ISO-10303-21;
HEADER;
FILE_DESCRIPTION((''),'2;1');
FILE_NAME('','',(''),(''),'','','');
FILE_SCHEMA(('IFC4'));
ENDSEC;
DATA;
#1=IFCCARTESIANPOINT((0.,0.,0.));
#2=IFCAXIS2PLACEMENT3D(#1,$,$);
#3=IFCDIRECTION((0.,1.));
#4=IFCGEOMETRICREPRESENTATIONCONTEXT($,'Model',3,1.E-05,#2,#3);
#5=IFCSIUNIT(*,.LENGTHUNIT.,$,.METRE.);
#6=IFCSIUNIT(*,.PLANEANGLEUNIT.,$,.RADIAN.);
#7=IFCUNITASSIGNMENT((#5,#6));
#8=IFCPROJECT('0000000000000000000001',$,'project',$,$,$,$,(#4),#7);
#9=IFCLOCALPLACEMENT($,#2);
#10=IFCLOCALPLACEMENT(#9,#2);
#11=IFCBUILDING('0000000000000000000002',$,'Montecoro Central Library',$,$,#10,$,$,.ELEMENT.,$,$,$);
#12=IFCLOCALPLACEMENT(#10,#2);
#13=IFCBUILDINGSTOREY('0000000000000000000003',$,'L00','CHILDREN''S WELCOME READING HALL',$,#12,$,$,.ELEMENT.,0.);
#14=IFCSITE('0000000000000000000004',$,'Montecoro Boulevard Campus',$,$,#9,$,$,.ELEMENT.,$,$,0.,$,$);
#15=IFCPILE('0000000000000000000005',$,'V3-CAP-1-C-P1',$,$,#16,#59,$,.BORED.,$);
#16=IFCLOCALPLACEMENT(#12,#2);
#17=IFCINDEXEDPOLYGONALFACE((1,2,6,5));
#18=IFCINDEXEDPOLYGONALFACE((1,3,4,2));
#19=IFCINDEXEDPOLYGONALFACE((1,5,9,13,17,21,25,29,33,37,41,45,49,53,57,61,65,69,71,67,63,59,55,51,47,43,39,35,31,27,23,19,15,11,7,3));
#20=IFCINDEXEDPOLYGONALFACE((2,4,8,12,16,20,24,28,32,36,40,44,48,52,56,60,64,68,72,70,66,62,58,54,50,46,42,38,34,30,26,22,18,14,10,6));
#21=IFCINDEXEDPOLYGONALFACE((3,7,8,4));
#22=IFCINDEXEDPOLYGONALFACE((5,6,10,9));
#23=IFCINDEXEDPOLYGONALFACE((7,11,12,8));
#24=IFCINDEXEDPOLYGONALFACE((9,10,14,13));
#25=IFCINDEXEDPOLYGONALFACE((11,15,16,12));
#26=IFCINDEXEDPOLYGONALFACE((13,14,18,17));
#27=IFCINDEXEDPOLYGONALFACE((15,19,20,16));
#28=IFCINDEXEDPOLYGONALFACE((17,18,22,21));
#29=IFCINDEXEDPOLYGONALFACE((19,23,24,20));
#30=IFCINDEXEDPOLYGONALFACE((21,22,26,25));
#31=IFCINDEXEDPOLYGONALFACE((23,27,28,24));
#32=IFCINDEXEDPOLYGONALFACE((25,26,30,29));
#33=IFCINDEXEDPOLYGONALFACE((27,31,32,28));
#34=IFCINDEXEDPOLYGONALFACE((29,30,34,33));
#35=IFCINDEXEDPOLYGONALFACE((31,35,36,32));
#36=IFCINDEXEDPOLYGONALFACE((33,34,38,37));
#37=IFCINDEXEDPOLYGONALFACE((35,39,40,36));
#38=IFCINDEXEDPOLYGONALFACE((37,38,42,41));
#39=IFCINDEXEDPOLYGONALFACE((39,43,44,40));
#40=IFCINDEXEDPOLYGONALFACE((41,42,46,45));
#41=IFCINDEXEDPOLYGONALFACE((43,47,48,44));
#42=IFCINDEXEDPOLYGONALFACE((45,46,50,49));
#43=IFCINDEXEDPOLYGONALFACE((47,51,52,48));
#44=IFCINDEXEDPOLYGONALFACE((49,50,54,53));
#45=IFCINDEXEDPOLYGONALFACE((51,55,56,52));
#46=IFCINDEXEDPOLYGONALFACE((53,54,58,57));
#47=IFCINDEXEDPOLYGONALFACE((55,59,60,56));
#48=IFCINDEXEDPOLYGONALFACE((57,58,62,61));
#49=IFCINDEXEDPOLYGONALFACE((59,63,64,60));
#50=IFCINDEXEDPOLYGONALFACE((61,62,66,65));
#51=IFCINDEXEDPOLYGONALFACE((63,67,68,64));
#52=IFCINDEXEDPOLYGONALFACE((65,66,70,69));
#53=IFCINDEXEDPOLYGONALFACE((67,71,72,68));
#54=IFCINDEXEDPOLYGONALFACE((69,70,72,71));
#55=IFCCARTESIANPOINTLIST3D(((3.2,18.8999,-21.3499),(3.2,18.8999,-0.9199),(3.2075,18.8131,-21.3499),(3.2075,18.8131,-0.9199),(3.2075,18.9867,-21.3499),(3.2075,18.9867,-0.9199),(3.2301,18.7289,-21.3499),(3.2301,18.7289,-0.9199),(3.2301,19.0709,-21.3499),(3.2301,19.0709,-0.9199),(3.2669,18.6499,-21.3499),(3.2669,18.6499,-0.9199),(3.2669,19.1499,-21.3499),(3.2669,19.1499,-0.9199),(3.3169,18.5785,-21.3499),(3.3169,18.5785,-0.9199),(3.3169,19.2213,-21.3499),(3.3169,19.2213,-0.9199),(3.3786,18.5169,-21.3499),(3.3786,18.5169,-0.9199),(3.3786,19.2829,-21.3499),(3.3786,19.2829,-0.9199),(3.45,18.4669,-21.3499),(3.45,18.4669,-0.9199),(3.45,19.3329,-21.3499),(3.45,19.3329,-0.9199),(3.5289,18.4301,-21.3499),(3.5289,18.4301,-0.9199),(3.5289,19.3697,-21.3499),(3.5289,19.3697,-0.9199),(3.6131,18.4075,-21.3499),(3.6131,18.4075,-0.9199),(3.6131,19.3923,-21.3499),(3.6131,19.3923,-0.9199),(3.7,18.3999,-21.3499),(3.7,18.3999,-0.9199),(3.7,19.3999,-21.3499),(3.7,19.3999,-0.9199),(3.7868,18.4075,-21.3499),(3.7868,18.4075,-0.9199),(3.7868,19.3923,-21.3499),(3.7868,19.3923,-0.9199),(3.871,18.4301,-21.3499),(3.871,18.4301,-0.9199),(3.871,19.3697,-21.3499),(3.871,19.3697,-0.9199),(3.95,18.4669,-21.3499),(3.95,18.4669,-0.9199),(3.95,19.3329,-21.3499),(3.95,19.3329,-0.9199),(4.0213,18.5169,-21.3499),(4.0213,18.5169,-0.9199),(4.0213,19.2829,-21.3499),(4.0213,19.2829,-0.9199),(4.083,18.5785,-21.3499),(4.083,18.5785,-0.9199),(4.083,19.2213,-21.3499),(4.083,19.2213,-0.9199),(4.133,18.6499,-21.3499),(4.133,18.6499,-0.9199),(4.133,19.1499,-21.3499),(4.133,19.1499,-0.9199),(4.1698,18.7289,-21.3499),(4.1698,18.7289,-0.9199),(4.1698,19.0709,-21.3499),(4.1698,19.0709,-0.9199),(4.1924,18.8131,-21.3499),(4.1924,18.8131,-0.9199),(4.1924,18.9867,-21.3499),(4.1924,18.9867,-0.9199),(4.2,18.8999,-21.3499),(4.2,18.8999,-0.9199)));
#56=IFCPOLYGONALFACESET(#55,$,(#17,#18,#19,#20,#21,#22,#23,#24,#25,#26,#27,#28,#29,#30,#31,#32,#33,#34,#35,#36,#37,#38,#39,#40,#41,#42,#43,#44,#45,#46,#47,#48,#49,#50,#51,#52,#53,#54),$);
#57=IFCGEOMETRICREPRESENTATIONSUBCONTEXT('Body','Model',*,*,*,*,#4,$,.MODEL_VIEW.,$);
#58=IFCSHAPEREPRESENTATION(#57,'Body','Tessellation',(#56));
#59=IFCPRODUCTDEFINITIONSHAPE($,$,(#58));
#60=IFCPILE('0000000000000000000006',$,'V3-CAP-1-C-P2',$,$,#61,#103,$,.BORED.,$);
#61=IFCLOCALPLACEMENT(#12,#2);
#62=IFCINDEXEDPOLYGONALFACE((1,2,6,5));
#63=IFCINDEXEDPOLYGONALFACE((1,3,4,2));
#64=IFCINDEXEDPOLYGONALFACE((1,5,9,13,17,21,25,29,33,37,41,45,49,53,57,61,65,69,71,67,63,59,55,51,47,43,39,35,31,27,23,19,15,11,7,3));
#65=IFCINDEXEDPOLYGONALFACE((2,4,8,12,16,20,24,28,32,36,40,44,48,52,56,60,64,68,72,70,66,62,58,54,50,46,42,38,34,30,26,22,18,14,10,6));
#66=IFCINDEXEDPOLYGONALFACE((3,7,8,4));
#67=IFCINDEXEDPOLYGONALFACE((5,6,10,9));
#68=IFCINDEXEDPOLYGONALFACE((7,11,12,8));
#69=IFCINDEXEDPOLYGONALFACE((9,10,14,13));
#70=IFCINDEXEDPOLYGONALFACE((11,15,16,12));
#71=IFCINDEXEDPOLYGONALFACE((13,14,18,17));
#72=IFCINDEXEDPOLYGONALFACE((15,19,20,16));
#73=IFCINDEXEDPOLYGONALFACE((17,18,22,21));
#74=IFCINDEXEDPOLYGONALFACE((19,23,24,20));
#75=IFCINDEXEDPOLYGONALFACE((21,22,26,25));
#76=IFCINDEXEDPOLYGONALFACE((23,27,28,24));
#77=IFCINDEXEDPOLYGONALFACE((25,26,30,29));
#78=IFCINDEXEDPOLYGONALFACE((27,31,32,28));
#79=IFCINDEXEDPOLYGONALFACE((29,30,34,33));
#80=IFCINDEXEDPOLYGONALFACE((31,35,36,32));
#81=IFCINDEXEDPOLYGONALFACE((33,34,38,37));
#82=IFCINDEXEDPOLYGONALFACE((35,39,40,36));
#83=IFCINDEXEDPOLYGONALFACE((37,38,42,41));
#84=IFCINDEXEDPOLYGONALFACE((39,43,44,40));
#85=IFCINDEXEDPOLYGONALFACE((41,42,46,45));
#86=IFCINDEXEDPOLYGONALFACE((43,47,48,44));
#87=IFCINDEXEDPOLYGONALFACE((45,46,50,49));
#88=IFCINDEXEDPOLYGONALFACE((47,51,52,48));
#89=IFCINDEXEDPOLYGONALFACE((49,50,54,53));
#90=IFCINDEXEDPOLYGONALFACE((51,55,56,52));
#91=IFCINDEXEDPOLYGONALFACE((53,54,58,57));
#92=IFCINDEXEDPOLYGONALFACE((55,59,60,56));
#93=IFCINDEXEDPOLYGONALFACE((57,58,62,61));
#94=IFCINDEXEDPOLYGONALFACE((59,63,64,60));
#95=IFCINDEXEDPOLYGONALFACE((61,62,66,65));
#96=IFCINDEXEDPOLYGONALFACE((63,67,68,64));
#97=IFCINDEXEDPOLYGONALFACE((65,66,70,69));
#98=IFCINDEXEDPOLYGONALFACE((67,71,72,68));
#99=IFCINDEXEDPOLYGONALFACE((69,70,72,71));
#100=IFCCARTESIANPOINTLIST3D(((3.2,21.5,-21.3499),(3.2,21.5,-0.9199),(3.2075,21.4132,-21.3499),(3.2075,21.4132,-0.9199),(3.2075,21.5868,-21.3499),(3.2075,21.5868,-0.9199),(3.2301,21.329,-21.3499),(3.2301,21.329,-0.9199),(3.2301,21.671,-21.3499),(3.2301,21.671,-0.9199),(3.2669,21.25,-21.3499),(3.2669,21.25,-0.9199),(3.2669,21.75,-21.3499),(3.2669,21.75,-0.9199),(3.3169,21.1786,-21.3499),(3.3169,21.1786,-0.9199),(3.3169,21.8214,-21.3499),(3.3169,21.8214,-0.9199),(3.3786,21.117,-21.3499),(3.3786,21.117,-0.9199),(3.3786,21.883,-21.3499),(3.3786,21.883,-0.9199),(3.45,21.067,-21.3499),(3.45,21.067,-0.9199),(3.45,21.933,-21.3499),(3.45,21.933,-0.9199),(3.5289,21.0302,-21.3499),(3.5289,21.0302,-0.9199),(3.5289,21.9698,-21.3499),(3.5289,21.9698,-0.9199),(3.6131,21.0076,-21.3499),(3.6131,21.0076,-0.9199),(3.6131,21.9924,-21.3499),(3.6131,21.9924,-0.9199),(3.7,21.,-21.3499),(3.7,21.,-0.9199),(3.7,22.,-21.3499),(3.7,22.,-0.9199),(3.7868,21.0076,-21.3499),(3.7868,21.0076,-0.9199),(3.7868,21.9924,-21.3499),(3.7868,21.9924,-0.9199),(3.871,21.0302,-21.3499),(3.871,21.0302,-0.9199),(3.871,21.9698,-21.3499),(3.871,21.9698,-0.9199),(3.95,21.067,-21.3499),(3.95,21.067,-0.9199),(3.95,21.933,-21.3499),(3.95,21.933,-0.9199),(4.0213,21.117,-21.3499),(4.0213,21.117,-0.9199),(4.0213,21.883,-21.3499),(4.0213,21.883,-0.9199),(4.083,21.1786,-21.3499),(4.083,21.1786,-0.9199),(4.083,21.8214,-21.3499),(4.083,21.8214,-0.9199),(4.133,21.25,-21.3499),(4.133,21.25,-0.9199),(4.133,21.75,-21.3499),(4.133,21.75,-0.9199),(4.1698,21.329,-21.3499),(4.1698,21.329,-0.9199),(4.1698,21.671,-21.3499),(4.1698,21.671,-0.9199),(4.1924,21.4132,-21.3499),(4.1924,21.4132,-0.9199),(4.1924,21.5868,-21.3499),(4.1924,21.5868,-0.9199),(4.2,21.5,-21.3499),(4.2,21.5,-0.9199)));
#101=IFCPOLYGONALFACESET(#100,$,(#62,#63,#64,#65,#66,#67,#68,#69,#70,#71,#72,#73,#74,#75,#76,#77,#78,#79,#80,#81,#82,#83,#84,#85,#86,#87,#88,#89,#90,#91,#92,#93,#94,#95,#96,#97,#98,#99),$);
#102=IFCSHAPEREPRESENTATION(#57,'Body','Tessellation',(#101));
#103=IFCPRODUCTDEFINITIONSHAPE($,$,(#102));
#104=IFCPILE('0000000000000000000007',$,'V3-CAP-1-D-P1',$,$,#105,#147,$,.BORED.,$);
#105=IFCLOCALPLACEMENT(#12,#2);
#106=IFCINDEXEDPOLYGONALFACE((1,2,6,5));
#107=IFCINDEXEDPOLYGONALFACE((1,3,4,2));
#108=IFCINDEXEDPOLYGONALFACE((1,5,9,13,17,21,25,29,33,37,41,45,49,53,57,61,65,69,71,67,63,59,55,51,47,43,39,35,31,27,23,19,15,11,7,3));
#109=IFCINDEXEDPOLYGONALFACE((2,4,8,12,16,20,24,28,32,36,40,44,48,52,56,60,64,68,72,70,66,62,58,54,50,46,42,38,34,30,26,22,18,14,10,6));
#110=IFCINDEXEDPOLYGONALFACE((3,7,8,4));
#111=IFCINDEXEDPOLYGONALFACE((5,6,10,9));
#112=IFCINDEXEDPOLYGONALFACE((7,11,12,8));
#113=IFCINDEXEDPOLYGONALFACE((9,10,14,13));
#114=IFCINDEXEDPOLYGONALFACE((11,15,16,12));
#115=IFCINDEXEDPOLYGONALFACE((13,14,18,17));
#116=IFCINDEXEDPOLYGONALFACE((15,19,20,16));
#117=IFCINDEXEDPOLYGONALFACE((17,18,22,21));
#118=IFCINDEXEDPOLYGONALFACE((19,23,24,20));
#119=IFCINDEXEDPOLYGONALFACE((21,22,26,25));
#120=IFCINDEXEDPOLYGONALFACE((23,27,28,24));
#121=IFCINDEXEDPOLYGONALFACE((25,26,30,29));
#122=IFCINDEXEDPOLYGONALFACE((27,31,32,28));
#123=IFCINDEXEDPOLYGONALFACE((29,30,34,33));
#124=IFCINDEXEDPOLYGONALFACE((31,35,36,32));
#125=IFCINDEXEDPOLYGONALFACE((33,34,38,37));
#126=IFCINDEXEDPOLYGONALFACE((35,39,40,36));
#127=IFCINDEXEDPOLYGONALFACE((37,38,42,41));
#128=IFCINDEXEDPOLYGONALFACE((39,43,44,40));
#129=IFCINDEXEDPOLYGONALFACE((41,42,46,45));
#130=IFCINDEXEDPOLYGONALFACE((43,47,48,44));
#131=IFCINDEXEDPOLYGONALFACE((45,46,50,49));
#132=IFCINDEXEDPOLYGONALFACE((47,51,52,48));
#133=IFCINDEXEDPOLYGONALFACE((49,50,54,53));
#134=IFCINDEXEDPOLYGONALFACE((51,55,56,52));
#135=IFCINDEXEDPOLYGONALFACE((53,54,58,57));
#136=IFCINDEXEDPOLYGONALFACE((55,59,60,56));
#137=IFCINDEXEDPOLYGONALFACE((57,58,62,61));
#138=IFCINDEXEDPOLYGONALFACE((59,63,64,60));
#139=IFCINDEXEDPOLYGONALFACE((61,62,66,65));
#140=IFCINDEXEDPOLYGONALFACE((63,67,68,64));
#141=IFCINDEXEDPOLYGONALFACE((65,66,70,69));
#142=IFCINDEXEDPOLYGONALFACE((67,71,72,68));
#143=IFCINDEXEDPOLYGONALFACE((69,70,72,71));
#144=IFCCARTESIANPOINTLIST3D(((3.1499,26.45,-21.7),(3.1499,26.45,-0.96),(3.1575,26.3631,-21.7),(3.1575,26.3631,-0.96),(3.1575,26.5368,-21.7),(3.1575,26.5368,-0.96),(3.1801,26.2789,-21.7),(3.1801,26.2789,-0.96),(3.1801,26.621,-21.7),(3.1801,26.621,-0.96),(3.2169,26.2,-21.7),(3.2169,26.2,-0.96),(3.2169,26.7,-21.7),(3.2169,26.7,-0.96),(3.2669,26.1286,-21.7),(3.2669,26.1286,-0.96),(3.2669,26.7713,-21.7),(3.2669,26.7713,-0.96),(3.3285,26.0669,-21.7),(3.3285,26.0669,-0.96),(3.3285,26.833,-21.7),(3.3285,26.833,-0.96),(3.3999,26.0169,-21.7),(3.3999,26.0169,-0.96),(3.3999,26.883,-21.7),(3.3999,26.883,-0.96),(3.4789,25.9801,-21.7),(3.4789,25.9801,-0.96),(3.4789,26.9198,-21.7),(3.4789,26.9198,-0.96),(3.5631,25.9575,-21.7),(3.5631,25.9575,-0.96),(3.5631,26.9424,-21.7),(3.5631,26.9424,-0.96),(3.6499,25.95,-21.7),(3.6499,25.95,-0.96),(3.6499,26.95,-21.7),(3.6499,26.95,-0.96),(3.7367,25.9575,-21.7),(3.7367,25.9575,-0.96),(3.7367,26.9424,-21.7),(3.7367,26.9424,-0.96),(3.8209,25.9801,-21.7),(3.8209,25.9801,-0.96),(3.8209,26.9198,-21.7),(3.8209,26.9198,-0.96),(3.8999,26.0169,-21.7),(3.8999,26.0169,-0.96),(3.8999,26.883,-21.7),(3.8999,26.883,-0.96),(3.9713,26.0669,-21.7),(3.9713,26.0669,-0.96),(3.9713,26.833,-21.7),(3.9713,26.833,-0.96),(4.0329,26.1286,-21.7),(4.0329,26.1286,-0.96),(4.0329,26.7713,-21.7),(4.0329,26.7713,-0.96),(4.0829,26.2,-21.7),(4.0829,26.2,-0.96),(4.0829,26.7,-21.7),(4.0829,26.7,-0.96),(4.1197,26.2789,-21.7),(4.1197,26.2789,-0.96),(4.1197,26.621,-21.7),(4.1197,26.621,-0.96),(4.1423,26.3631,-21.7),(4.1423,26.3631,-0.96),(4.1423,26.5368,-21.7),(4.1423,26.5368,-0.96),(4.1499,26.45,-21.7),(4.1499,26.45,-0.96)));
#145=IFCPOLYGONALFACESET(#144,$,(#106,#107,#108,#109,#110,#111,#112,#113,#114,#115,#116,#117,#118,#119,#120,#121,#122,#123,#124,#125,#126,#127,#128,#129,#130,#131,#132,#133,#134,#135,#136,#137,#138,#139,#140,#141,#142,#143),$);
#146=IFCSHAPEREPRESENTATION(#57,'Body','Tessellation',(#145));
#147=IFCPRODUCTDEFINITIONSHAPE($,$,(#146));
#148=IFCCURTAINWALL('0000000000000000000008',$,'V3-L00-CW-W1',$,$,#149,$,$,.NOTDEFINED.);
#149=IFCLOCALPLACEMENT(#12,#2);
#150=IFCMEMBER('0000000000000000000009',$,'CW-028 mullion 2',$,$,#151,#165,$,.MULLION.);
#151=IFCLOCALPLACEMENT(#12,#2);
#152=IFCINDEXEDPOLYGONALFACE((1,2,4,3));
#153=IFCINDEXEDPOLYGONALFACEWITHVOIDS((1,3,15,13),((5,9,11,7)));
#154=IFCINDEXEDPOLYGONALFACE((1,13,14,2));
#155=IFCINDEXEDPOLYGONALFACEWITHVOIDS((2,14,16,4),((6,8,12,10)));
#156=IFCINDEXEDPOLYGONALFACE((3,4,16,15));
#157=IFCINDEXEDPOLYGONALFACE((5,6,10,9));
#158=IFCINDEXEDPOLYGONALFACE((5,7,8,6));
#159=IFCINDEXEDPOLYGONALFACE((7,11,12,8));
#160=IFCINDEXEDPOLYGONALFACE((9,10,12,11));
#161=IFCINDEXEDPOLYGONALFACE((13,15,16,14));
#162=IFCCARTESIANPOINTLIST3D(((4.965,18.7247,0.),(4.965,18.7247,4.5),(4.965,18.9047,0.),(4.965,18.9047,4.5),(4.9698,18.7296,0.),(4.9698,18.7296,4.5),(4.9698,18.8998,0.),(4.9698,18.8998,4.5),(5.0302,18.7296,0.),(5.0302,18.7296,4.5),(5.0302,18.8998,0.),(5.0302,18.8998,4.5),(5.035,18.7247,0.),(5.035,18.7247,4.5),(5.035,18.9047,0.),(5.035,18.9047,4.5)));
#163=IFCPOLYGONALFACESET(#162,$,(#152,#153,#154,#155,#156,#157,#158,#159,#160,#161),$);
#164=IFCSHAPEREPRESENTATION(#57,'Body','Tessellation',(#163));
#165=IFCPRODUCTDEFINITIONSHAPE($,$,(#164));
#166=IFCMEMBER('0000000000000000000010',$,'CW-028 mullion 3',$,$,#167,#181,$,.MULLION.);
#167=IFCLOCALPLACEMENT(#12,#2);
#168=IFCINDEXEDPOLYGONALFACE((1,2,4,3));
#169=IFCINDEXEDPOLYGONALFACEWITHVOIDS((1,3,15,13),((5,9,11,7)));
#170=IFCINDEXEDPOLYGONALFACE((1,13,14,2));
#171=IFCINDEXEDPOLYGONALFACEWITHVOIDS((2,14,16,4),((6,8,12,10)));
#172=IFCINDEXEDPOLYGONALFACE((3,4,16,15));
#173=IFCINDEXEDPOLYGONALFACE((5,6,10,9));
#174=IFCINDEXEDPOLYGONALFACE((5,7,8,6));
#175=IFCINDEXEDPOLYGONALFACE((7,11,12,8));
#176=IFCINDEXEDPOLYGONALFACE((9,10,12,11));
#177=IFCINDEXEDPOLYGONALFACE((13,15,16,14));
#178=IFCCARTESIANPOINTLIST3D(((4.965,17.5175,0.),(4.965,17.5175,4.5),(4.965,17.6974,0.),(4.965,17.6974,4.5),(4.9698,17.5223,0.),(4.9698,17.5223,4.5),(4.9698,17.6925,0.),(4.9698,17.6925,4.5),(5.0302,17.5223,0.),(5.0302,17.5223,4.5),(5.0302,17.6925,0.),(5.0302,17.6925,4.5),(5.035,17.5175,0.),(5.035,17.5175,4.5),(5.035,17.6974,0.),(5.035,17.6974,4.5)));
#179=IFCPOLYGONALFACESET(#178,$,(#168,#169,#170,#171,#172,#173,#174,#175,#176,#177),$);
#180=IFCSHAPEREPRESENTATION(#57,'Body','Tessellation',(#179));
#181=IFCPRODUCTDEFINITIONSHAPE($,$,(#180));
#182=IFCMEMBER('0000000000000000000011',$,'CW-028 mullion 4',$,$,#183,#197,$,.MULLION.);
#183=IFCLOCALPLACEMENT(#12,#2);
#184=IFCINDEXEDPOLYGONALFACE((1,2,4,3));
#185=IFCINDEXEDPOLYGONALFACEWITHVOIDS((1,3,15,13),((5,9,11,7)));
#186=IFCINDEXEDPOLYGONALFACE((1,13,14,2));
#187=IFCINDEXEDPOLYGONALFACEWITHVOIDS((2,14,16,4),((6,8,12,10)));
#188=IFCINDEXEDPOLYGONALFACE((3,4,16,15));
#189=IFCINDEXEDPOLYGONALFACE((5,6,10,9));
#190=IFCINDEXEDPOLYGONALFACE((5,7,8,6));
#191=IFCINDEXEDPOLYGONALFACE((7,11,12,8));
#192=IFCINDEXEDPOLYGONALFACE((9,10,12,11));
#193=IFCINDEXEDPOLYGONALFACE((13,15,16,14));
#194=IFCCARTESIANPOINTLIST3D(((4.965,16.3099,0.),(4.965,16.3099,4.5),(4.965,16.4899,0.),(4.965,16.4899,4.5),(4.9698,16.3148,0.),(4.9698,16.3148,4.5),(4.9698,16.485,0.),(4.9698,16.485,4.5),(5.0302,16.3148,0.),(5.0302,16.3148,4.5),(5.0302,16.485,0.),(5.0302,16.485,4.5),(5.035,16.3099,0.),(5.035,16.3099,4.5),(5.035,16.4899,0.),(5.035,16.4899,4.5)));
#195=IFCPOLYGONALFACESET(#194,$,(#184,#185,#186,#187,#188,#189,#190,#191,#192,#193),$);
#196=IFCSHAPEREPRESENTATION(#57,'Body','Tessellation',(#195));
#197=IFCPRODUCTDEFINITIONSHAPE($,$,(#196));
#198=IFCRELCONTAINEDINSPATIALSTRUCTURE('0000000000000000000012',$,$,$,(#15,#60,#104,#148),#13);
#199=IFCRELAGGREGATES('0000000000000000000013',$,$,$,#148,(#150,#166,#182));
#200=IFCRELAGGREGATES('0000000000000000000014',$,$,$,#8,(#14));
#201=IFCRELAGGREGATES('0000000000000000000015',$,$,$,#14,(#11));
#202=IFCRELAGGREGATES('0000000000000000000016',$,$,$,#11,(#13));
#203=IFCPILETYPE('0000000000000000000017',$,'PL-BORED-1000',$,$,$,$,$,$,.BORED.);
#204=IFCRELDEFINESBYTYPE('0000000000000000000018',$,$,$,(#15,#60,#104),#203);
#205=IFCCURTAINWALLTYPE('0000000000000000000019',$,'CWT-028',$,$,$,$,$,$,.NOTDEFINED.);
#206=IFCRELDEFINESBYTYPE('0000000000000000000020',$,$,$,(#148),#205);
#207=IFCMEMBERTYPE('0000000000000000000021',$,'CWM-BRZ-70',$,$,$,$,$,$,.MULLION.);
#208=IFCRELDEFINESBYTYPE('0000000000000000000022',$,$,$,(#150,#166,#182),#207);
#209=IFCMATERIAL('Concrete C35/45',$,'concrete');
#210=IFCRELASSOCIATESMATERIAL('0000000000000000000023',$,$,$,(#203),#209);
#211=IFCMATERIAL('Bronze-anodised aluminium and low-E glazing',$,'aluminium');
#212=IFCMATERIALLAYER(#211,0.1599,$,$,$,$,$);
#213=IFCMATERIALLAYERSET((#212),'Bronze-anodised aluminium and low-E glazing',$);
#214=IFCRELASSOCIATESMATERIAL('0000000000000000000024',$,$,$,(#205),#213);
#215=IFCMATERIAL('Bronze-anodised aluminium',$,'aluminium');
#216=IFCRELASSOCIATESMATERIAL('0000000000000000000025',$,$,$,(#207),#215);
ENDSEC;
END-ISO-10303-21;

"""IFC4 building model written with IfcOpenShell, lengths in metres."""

from ifc_helpers import new_model, si_unit, direction, frame, origin, origin_2d, place, context, subcontext, project, spatial, hollow_rectangle, circle, extrude, material, layer, layer_set, material_profile, profile_set, type_object, element, aggregate, save


model = new_model("IFC4")

# Units and contexts
model_context = context("Model", 3, precision=1e-05, world=origin(), true_north=direction((0.0, 1.0)))
body_context = subcontext(model_context, "Body", "Model", "MODEL_VIEW")
ifc_project = project(units=[si_unit("LENGTHUNIT", "METRE"), si_unit("PLANEANGLEUNIT", "RADIAN")], contexts=[model_context])

# Site, building, storey
site_placement = place(None, origin())
site = spatial("IfcSite", under=ifc_project, at=site_placement, Name="Montecoro Boulevard Campus", CompositionType="ELEMENT", RefElevation=0.0)
building_placement = place(site_placement, origin())
building = spatial("IfcBuilding", under=site, at=building_placement, Name="Montecoro Central Library", CompositionType="ELEMENT")
storey_placement = place(building_placement, origin())
storey = spatial("IfcBuildingStorey", under=building, at=storey_placement, Name="L00", Description="CHILDREN'S WELCOME READING HALL", CompositionType="ELEMENT", Elevation=0.0)

# Piles
ifc_material_1 = material(Name="Concrete C35/45", Category="concrete")
ifc_material_profile_1 = material_profile(ifc_material_1, circle(Radius=0.5, at=origin_2d()), Name="PILE D1000")
ifc_profile_set_1 = profile_set([ifc_material_profile_1], Name="Concrete C35/45")
pile_type = type_object("IfcPileType", Name="PL-BORED-1000", PredefinedType="BORED", material=ifc_profile_set_1)
for number, where, z_axis, x_axis, name in (
    (1, (3.7, 18.8999, -0.9199), (0.0, 0.0, -1.0), (1.0, 0.0, 0.0), "V3-CAP-1-C-P1"),
    (2, (3.7, 21.5, -0.9199), (0.0, 0.0, -1.0), (1.0, 0.0, 0.0), "V3-CAP-1-C-P2"),
):
    element("IfcPile", number, at=place(storey_placement, frame(where, z_axis=z_axis, x_axis=x_axis)), inside=storey, type_object=pile_type, Name=name, PredefinedType="BORED", context=body_context, shape_type="SweptSolid", body=[
        extrude(circle(Radius=0.5, at=origin_2d()), origin(), (0.0, 0.0, 1.0), 20.4299),
    ])
pile_placement = place(storey_placement, frame((3.6499, 26.45, -0.96), z_axis=(0.0, 0.0, -1.0), x_axis=(1.0, 0.0, 0.0)))
element("IfcPile", 3, at=pile_placement, inside=storey, type_object=pile_type, Name="V3-CAP-1-D-P1", PredefinedType="BORED", context=body_context, shape_type="SweptSolid", body=[
    extrude(circle(Radius=0.5, at=origin_2d()), origin(), (0.0, 0.0, 1.0), 20.74),
])

# Curtain wall, members
ifc_material_2 = material(Name="Bronze-anodised aluminium and low-E glazing", Category="aluminium")
ifc_layer_1 = layer(ifc_material_2, 0.1599)
ifc_layer_set_1 = layer_set([ifc_layer_1], Name="Bronze-anodised aluminium and low-E glazing")
curtain_wall_type = type_object("IfcCurtainWallType", Name="CWT-028", PredefinedType="NOTDEFINED", material=ifc_layer_set_1)
curtain_wall_placement = place(storey_placement, origin())
curtain_wall = element("IfcCurtainWall", 4, at=curtain_wall_placement, inside=storey, type_object=curtain_wall_type, Name="V3-L00-CW-W1", PredefinedType="NOTDEFINED")
ifc_material_3 = material(Name="Bronze-anodised aluminium", Category="aluminium")
ifc_material_profile_2 = material_profile(ifc_material_3, hollow_rectangle(XDim=0.0701, YDim=0.1799, WallThickness=0.0049, at=origin_2d()), Name="CWM 180x70x5.0")
ifc_profile_set_2 = profile_set([ifc_material_profile_2], Name="Bronze-anodised aluminium")
member_type_1 = type_object("IfcMemberType", Name="CWM-BRZ-70", PredefinedType="MULLION", material=ifc_profile_set_2)
member_1_placement = place(storey_placement, frame((5.0, 18.8147, 0.0), z_axis=(0.0, 0.0, 1.0), x_axis=(1.0, 0.0, 0.0)))
member_1 = element("IfcMember", 5, at=member_1_placement, type_object=member_type_1, Name="CW-028 mullion 2", PredefinedType="MULLION", context=body_context, shape_type="SweptSolid", body=[
    extrude(hollow_rectangle(XDim=0.0701, YDim=0.1799, WallThickness=0.0049, at=origin_2d()), origin(), (0.0, 0.0, 1.0), 4.5),
])
member_2_placement = place(storey_placement, frame((5.0, 17.6074, 0.0), z_axis=(0.0, 0.0, 1.0), x_axis=(1.0, 0.0, 0.0)))
member_2 = element("IfcMember", 6, at=member_2_placement, type_object=member_type_1, Name="CW-028 mullion 3", PredefinedType="MULLION", context=body_context, shape_type="SweptSolid", body=[
    extrude(hollow_rectangle(XDim=0.0701, YDim=0.1799, WallThickness=0.0049, at=origin_2d()), origin(), (0.0, 0.0, 1.0), 4.5),
])
member_3_placement = place(storey_placement, frame((5.0, 16.3999, 0.0), z_axis=(0.0, 0.0, 1.0), x_axis=(1.0, 0.0, 0.0)))
member_3 = element("IfcMember", 7, at=member_3_placement, type_object=member_type_1, Name="CW-028 mullion 4", PredefinedType="MULLION", context=body_context, shape_type="SweptSolid", body=[
    extrude(hollow_rectangle(XDim=0.0701, YDim=0.1799, WallThickness=0.0049, at=origin_2d()), origin(), (0.0, 0.0, 1.0), 4.5),
])
aggregate(curtain_wall, [member_1, member_2, member_3])

save(model, "model.ifc")
